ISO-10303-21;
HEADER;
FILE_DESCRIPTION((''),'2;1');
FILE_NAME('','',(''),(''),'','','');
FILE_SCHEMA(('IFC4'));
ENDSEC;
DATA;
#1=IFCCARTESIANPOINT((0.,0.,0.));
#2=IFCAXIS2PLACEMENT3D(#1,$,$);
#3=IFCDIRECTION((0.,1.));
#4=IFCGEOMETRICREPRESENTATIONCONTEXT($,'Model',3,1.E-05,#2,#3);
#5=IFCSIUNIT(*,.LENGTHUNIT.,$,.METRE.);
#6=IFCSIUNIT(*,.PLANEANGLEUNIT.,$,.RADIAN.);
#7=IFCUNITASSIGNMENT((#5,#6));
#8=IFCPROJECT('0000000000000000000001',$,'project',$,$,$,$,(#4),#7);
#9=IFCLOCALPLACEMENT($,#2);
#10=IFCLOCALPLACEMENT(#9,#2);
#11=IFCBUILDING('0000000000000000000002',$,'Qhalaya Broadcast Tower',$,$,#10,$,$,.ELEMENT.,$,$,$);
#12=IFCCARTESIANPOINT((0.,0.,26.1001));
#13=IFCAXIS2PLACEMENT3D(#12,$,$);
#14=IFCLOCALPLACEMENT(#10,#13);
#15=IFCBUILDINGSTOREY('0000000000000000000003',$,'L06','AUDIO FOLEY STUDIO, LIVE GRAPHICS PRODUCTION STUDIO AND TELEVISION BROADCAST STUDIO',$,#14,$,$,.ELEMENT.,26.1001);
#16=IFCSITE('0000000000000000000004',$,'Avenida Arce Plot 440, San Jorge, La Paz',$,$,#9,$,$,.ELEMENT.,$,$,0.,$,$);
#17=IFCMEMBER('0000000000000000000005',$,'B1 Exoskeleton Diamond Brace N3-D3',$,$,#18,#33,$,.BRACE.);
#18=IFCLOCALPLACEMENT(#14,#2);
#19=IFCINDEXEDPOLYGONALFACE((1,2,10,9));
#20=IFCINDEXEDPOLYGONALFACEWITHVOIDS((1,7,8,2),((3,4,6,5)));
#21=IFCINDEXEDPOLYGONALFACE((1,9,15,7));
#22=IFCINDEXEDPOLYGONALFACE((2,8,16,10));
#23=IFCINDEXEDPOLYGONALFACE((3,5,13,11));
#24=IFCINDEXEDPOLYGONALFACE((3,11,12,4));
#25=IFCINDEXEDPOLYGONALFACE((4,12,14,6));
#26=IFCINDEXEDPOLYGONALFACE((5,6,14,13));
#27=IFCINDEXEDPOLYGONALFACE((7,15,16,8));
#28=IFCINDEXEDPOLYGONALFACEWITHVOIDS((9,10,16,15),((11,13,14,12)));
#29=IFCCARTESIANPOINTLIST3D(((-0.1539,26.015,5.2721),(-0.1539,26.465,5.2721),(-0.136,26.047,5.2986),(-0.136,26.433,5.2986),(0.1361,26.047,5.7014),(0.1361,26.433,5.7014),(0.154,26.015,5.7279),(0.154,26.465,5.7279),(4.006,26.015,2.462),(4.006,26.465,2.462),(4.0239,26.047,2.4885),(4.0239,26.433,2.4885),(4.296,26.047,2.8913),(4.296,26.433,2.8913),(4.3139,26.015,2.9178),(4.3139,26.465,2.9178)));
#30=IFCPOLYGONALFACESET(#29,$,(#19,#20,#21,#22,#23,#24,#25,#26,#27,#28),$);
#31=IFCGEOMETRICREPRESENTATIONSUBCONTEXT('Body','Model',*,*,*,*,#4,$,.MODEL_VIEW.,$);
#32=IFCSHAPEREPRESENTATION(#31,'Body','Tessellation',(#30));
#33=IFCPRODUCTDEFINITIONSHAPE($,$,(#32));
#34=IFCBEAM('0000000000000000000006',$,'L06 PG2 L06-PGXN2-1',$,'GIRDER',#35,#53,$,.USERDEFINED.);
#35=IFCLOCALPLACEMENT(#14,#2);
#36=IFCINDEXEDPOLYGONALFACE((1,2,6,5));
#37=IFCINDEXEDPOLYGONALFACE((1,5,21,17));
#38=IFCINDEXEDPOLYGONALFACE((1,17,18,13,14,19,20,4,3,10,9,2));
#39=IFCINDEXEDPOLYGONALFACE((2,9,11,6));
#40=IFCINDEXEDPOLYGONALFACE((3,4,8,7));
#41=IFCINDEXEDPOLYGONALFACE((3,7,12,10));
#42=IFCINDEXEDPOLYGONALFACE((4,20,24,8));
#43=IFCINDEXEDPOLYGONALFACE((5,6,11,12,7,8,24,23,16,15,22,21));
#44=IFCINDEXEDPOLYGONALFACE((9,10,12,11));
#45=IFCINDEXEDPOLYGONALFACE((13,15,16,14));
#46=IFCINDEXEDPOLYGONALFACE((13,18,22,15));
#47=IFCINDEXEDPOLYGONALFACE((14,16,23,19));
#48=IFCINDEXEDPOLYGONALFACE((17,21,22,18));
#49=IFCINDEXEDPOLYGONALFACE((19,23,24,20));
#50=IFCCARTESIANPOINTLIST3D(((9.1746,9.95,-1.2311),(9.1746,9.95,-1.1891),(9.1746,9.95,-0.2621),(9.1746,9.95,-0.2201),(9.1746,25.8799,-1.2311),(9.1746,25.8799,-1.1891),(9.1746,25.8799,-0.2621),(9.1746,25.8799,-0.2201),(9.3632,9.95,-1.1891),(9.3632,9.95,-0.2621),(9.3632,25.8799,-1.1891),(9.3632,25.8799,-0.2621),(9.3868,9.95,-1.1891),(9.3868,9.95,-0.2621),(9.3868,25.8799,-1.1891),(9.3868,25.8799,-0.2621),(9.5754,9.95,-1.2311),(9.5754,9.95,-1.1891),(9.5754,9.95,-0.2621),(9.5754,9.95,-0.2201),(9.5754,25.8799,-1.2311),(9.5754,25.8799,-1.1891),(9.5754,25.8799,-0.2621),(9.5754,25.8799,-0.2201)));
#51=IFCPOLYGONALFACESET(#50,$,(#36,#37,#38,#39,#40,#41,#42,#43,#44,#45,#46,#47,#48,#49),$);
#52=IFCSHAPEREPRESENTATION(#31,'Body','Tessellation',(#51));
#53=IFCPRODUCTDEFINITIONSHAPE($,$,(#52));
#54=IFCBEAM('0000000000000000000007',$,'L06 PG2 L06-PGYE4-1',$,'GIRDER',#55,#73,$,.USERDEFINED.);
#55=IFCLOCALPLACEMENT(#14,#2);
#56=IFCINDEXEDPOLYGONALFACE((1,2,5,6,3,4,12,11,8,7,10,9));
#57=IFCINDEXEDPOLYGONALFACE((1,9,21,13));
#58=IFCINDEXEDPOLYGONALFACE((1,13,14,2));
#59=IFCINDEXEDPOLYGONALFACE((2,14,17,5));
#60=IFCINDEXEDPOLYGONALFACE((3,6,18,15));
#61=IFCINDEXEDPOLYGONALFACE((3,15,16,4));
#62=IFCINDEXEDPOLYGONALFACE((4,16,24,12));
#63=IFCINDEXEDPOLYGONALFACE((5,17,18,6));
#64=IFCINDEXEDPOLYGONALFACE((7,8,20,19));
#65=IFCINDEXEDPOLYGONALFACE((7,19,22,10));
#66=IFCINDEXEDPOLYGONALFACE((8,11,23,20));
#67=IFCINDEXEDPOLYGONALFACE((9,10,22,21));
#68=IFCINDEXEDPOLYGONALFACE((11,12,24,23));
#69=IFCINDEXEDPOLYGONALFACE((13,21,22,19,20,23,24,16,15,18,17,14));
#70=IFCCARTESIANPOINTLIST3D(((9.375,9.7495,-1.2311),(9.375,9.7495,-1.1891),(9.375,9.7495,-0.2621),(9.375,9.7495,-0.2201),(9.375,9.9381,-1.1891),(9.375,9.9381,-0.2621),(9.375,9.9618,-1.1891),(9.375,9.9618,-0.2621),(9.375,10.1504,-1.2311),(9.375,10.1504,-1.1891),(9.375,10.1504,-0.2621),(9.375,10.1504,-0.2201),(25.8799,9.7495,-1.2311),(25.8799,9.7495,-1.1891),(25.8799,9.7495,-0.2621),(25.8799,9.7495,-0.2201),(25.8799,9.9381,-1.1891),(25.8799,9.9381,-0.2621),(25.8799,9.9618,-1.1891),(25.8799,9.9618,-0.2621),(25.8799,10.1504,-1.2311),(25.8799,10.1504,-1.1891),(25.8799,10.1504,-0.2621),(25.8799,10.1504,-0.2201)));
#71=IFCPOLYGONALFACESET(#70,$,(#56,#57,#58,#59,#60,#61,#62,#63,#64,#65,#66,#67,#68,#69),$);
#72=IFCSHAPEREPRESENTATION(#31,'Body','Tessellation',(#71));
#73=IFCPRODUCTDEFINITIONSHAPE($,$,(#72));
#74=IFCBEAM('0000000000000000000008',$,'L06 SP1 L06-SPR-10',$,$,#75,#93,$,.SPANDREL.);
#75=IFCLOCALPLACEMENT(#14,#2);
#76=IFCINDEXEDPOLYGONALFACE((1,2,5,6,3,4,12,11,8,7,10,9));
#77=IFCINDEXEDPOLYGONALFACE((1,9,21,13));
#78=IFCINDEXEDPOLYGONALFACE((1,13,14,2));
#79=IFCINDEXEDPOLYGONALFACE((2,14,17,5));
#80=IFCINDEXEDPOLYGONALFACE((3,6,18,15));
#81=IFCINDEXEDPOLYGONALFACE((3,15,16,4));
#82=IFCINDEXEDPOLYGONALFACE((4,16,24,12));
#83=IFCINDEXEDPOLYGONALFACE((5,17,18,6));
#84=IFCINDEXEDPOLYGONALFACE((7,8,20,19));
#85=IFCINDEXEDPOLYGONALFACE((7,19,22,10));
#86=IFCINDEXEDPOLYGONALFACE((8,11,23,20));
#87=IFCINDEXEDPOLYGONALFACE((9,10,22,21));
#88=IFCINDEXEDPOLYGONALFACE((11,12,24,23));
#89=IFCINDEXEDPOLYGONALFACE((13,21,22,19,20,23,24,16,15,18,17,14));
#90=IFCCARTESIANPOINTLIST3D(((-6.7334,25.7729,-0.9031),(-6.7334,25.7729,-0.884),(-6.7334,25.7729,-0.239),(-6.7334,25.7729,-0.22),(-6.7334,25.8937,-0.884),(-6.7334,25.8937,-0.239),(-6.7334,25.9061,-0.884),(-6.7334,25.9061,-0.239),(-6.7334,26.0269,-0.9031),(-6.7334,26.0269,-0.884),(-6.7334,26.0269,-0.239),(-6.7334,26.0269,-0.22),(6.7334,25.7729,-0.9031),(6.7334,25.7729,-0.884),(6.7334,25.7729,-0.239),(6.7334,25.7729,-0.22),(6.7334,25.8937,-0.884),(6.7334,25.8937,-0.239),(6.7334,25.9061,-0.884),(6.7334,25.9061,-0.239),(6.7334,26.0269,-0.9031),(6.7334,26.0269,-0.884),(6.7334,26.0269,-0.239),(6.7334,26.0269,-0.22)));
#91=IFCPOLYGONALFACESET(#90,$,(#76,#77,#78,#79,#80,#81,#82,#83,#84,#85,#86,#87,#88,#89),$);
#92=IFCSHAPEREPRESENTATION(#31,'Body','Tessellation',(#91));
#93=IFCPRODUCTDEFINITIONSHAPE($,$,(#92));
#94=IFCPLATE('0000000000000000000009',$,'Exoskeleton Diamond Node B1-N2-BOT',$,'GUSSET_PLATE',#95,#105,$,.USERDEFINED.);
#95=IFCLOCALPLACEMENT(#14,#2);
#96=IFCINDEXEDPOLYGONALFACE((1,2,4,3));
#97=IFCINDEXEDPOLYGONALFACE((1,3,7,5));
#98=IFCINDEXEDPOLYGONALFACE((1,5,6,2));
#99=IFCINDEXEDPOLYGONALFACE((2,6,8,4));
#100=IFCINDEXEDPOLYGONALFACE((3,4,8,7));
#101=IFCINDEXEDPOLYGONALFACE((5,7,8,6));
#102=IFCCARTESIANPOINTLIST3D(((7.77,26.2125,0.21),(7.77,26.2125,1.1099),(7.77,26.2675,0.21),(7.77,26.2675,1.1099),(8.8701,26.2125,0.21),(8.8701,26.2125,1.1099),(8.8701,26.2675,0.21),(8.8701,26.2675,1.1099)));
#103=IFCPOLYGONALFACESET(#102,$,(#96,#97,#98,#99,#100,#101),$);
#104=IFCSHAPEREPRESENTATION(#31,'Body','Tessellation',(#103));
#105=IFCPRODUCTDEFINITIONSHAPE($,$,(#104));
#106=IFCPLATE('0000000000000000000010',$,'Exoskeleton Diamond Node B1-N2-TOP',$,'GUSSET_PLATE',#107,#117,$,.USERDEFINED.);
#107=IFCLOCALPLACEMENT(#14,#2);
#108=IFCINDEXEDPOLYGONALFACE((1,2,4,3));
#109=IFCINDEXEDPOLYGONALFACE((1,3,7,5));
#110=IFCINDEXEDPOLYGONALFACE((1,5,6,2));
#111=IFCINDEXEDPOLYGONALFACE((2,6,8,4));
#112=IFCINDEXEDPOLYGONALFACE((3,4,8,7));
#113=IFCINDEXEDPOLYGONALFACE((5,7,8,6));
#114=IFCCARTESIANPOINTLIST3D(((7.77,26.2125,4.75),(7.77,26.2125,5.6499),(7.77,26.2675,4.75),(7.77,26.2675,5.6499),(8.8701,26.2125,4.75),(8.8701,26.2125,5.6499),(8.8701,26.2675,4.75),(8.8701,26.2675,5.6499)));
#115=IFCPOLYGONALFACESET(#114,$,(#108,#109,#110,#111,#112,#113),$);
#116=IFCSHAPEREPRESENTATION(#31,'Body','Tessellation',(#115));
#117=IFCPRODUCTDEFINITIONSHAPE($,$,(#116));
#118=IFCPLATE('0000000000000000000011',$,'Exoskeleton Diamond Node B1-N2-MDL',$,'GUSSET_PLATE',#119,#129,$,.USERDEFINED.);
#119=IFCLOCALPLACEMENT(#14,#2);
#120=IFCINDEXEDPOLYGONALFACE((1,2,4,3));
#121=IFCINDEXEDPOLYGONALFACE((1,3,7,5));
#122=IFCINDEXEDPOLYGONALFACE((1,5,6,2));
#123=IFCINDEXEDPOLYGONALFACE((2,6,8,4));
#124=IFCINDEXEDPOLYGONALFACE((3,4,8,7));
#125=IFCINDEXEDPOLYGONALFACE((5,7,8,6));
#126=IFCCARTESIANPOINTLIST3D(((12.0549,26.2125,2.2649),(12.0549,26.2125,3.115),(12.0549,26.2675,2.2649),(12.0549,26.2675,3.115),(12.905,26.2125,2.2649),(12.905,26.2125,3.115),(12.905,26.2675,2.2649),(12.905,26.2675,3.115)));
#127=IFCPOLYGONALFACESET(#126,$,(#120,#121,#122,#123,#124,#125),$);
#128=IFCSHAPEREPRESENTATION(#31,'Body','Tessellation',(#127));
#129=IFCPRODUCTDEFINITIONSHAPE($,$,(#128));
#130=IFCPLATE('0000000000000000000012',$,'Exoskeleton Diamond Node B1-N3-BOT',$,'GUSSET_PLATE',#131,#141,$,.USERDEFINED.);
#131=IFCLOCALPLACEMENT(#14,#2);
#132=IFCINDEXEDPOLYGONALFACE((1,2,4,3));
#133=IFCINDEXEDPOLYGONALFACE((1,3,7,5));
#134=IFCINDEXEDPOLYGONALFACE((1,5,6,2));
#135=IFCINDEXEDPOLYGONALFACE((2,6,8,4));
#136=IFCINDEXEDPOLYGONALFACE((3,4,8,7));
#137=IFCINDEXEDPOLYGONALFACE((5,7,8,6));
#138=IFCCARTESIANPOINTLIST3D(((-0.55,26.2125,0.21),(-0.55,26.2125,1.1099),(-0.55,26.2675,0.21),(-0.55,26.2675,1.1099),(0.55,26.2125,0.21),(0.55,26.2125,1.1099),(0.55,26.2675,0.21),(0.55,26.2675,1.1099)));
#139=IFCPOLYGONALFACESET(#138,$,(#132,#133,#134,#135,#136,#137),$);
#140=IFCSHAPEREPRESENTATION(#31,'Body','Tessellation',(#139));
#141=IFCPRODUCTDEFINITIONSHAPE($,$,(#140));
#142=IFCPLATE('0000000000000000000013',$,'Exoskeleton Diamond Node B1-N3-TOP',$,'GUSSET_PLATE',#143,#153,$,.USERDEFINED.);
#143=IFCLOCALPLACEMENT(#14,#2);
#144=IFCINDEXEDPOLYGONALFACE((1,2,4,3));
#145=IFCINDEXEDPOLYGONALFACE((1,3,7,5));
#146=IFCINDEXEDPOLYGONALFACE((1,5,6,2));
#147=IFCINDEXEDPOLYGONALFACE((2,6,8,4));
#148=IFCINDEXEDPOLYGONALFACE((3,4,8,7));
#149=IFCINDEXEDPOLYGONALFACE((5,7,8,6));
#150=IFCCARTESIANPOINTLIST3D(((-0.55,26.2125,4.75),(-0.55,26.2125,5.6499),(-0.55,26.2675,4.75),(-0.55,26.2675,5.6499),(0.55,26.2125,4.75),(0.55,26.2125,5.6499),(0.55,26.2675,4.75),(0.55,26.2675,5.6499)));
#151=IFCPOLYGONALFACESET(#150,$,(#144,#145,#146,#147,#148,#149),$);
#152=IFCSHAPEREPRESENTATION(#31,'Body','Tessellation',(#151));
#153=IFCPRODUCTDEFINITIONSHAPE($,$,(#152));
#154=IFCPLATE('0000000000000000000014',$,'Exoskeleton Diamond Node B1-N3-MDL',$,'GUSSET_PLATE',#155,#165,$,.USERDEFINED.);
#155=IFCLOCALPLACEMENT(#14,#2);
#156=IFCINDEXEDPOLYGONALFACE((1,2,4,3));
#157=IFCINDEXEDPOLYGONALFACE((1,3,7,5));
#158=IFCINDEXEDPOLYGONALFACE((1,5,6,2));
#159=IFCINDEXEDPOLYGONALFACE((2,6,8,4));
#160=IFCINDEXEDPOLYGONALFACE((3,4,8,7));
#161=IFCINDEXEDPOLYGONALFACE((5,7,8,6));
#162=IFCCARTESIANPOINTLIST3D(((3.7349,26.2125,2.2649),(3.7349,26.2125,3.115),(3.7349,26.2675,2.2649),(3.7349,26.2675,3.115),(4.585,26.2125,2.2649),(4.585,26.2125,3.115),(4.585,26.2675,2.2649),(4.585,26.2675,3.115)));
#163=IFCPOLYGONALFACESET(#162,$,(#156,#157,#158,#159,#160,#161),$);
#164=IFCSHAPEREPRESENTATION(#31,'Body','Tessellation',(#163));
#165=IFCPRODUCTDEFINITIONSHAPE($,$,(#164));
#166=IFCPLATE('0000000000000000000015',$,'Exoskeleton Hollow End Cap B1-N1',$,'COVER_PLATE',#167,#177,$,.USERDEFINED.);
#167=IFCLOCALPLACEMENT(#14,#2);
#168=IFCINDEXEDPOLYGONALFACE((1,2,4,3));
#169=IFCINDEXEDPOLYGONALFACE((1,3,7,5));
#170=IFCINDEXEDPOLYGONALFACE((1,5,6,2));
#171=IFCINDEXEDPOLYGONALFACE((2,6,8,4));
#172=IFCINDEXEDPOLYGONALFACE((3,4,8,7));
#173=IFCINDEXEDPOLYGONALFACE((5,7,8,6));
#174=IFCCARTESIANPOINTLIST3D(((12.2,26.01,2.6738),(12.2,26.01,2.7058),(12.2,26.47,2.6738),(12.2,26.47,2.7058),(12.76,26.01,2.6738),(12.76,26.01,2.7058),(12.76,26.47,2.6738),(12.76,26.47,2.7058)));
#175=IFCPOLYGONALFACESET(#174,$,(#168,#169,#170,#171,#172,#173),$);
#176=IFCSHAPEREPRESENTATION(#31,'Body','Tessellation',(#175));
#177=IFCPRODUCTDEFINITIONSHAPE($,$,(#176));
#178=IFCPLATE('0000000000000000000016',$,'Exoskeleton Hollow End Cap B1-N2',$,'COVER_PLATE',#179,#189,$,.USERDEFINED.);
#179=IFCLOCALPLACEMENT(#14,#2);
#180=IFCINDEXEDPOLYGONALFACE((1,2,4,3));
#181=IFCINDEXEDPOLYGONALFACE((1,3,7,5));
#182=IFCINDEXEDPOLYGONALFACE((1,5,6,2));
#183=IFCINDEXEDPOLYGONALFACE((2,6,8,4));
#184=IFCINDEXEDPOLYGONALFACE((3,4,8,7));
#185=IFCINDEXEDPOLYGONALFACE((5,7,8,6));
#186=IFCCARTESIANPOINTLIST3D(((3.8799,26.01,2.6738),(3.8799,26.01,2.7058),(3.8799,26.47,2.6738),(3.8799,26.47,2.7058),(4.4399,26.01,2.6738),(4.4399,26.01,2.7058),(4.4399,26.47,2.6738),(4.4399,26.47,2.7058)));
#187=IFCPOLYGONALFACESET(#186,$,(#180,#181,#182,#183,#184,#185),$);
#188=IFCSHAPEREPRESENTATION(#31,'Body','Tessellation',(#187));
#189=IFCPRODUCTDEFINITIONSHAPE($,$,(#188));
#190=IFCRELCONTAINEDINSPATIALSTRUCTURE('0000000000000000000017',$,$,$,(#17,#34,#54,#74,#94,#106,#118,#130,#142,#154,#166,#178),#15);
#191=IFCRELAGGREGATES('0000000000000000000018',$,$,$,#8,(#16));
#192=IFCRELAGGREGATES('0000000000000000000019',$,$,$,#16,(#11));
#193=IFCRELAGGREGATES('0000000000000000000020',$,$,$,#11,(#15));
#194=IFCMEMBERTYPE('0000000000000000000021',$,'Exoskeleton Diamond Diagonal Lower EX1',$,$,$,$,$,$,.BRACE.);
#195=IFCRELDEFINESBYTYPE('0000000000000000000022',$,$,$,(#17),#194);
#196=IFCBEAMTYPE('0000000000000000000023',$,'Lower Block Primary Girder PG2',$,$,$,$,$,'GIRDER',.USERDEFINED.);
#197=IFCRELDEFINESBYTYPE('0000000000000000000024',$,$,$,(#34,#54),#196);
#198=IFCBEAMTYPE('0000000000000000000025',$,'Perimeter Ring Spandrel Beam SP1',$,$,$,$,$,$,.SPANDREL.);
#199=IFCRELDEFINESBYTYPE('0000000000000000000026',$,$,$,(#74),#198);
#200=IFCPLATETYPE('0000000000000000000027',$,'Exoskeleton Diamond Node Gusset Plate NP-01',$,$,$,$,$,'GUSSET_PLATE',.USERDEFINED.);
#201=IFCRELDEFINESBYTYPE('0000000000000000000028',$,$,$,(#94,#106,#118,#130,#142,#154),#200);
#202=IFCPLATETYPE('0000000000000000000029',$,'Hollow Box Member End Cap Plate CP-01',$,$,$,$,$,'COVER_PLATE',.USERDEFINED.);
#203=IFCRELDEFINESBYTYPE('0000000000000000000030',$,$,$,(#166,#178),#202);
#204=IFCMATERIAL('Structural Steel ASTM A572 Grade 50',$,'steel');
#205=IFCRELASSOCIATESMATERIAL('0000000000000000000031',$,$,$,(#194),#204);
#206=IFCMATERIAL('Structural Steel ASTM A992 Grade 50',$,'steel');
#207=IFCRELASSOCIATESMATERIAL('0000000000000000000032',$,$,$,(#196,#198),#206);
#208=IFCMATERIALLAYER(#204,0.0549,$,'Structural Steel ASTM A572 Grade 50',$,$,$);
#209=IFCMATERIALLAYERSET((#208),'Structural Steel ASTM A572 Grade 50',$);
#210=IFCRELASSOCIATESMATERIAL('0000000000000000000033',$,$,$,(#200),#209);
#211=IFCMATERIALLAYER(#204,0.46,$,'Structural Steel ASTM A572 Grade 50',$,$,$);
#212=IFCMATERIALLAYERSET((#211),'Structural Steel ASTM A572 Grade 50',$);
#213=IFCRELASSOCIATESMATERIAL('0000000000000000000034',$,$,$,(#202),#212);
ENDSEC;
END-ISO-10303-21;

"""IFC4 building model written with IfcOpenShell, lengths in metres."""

from ifc_helpers import new_model, si_unit, direction, frame, origin, origin_2d, place, context, subcontext, project, spatial, rectangle, hollow_rectangle, i_section, extrude, material, layer, layer_set, material_profile, profile_set, type_object, element, save


model = new_model("IFC4")

# Units and contexts
model_context = context("Model", 3, precision=1e-05, world=origin(), true_north=direction((0.0, 1.0)))
body_context = subcontext(model_context, "Body", "Model", "MODEL_VIEW")
ifc_project = project(units=[si_unit("LENGTHUNIT", "METRE"), si_unit("PLANEANGLEUNIT", "RADIAN")], contexts=[model_context])

# Site, building, storey
site_placement = place(None, origin())
site = spatial("IfcSite", under=ifc_project, at=site_placement, Name="Avenida Arce Plot 440, San Jorge, La Paz", CompositionType="ELEMENT", RefElevation=0.0)
building_placement = place(site_placement, origin())
building = spatial("IfcBuilding", under=site, at=building_placement, Name="Qhalaya Broadcast Tower", CompositionType="ELEMENT")
storey_placement = place(building_placement, frame((0.0, 0.0, 26.1001)))
storey = spatial("IfcBuildingStorey", under=building, at=storey_placement, Name="L06", Description="AUDIO FOLEY STUDIO, LIVE GRAPHICS PRODUCTION STUDIO AND TELEVISION BROADCAST STUDIO", CompositionType="ELEMENT", Elevation=26.1001)

# Shared definitions
ifc_material_1 = material(Name="Structural Steel ASTM A572 Grade 50", Category="steel")

# Shared definitions
ifc_material_2 = material(Name="Structural Steel ASTM A992 Grade 50", Category="steel")

# Member
ifc_material_profile_1 = material_profile(ifc_material_1, hollow_rectangle(XDim=0.45, YDim=0.55, WallThickness=0.032, at=origin_2d()), Name="BOX 450x550x32")
ifc_profile_set_1 = profile_set([ifc_material_profile_1], Name="Structural Steel ASTM A572 Grade 50")
member_type = type_object("IfcMemberType", Name="Exoskeleton Diamond Diagonal Lower EX1", PredefinedType="BRACE", material=ifc_profile_set_1)
member_1_placement = place(storey_placement, frame((4.1599, 26.24, 2.6899), z_axis=(-0.828653, 0.0, 0.559763), x_axis=(0.0, -1.0, 0.0)))
element("IfcMember", 1, at=member_1_placement, inside=storey, type_object=member_type, Name="B1 Exoskeleton Diamond Brace N3-D3", PredefinedType="BRACE", context=body_context, shape_type="SweptSolid", body=[
    extrude(hollow_rectangle(XDim=0.45, YDim=0.55, WallThickness=0.032, at=origin_2d()), origin(), (0.0, 0.0, 1.0), 5.02),
])

# Beams
ifc_material_profile_2 = material_profile(ifc_material_2, i_section(OverallWidth=0.4009, OverallDepth=1.011, WebThickness=0.0237, FlangeThickness=0.042, at=origin_2d()), Name="W40X297")
ifc_profile_set_2 = profile_set([ifc_material_profile_2], Name="Structural Steel ASTM A992 Grade 50")
beam_type_1 = type_object("IfcBeamType", Name="Lower Block Primary Girder PG2", ElementType="GIRDER", PredefinedType="USERDEFINED", material=ifc_profile_set_2)
beam_1_placement = place(storey_placement, frame((9.375, 9.95, -0.7256), z_axis=(0.0, 1.0, 0.0), x_axis=(-1.0, 0.0, 0.0)))
element("IfcBeam", 2, at=beam_1_placement, inside=storey, type_object=beam_type_1, Name="L06 PG2 L06-PGXN2-1", ObjectType="GIRDER", PredefinedType="USERDEFINED", context=body_context, shape_type="SweptSolid", body=[
    extrude(i_section(OverallWidth=0.4009, OverallDepth=1.011, WebThickness=0.0237, FlangeThickness=0.042, at=origin_2d()), origin(), (0.0, 0.0, 1.0), 15.9299),
])
beam_2_placement = place(storey_placement, frame((9.375, 9.95, -0.7256), z_axis=(1.0, 0.0, 0.0), x_axis=(0.0, 1.0, 0.0)))
element("IfcBeam", 3, at=beam_2_placement, inside=storey, type_object=beam_type_1, Name="L06 PG2 L06-PGYE4-1", ObjectType="GIRDER", PredefinedType="USERDEFINED", context=body_context, shape_type="SweptSolid", body=[
    extrude(i_section(OverallWidth=0.4009, OverallDepth=1.011, WebThickness=0.0237, FlangeThickness=0.042, at=origin_2d()), origin(), (0.0, 0.0, 1.0), 16.5049),
])
ifc_material_profile_3 = material_profile(ifc_material_2, i_section(OverallWidth=0.2539, OverallDepth=0.6831, WebThickness=0.0125, FlangeThickness=0.019, at=origin_2d()), Name="W27X94")
ifc_profile_set_3 = profile_set([ifc_material_profile_3], Name="Structural Steel ASTM A992 Grade 50")
beam_type_2 = type_object("IfcBeamType", Name="Perimeter Ring Spandrel Beam SP1", PredefinedType="SPANDREL", material=ifc_profile_set_3)
beam_3_placement = place(storey_placement, frame((6.7334, 25.8999, -0.5615), z_axis=(-1.0, 0.0, 0.0), x_axis=(0.0, -1.0, 0.0)))
element("IfcBeam", 4, at=beam_3_placement, inside=storey, type_object=beam_type_2, Name="L06 SP1 L06-SPR-10", PredefinedType="SPANDREL", context=body_context, shape_type="SweptSolid", body=[
    extrude(i_section(OverallWidth=0.2539, OverallDepth=0.6831, WebThickness=0.0125, FlangeThickness=0.019, at=origin_2d()), origin(), (0.0, 0.0, 1.0), 13.4668),
])

# Plates
ifc_layer_1 = layer(ifc_material_1, 0.0549, Name="Structural Steel ASTM A572 Grade 50")
ifc_layer_set_1 = layer_set([ifc_layer_1], Name="Structural Steel ASTM A572 Grade 50")
plate_type_1 = type_object("IfcPlateType", Name="Exoskeleton Diamond Node Gusset Plate NP-01", ElementType="GUSSET_PLATE", PredefinedType="USERDEFINED", material=ifc_layer_set_1)
for number, where, z_axis, x_axis, name in (
    (5, (8.3201, 26.24, 0.21), (0.0, 0.0, 1.0), (1.0, 0.0, 0.0), "Exoskeleton Diamond Node B1-N2-BOT"),
    (6, (8.3201, 26.24, 4.75), (0.0, 0.0, 1.0), (1.0, 0.0, 0.0), "Exoskeleton Diamond Node B1-N2-TOP"),
):
    element("IfcPlate", number, at=place(storey_placement, frame(where, z_axis=z_axis, x_axis=x_axis)), inside=storey, type_object=plate_type_1, Name=name, ObjectType="GUSSET_PLATE", PredefinedType="USERDEFINED", context=body_context, shape_type="SweptSolid", body=[
        extrude(rectangle(XDim=1.1001, YDim=0.0549, at=origin_2d()), origin(), (0.0, 0.0, 1.0), 0.8999),
    ])
plate_1_placement = place(storey_placement, frame((12.48, 26.24, 2.2649), z_axis=(0.0, 0.0, 1.0), x_axis=(1.0, 0.0, 0.0)))
element("IfcPlate", 7, at=plate_1_placement, inside=storey, type_object=plate_type_1, Name="Exoskeleton Diamond Node B1-N2-MDL", ObjectType="GUSSET_PLATE", PredefinedType="USERDEFINED", context=body_context, shape_type="SweptSolid", body=[
    extrude(rectangle(XDim=0.8501, YDim=0.0549, at=origin_2d()), origin(), (0.0, 0.0, 1.0), 0.8501),
])
for number, where, z_axis, x_axis, name in (
    (8, (0.0, 26.24, 0.21), (0.0, 0.0, 1.0), (1.0, 0.0, 0.0), "Exoskeleton Diamond Node B1-N3-BOT"),
    (9, (0.0, 26.24, 4.75), (0.0, 0.0, 1.0), (1.0, 0.0, 0.0), "Exoskeleton Diamond Node B1-N3-TOP"),
):
    element("IfcPlate", number, at=place(storey_placement, frame(where, z_axis=z_axis, x_axis=x_axis)), inside=storey, type_object=plate_type_1, Name=name, ObjectType="GUSSET_PLATE", PredefinedType="USERDEFINED", context=body_context, shape_type="SweptSolid", body=[
        extrude(rectangle(XDim=1.1001, YDim=0.0549, at=origin_2d()), origin(), (0.0, 0.0, 1.0), 0.8999),
    ])
plate_2_placement = place(storey_placement, frame((4.1599, 26.24, 2.2649), z_axis=(0.0, 0.0, 1.0), x_axis=(1.0, 0.0, 0.0)))
element("IfcPlate", 10, at=plate_2_placement, inside=storey, type_object=plate_type_1, Name="Exoskeleton Diamond Node B1-N3-MDL", ObjectType="GUSSET_PLATE", PredefinedType="USERDEFINED", context=body_context, shape_type="SweptSolid", body=[
    extrude(rectangle(XDim=0.8501, YDim=0.0549, at=origin_2d()), origin(), (0.0, 0.0, 1.0), 0.8501),
])
ifc_layer_2 = layer(ifc_material_1, 0.46, Name="Structural Steel ASTM A572 Grade 50")
ifc_layer_set_2 = layer_set([ifc_layer_2], Name="Structural Steel ASTM A572 Grade 50")
plate_type_2 = type_object("IfcPlateType", Name="Hollow Box Member End Cap Plate CP-01", ElementType="COVER_PLATE", PredefinedType="USERDEFINED", material=ifc_layer_set_2)
for number, where, z_axis, x_axis, name in (
    (11, (12.48, 26.24, 2.6738), (0.0, 0.0, 1.0), (1.0, 0.0, 0.0), "Exoskeleton Hollow End Cap B1-N1"),
    (12, (4.1599, 26.24, 2.6738), (0.0, 0.0, 1.0), (1.0, 0.0, 0.0), "Exoskeleton Hollow End Cap B1-N2"),
):
    element("IfcPlate", number, at=place(storey_placement, frame(where, z_axis=z_axis, x_axis=x_axis)), inside=storey, type_object=plate_type_2, Name=name, ObjectType="COVER_PLATE", PredefinedType="USERDEFINED", context=body_context, shape_type="SweptSolid", body=[
        extrude(rectangle(XDim=0.5601, YDim=0.46, at=origin_2d()), origin(), (0.0, 0.0, 1.0), 0.032),
    ])

save(model, "model.ifc")
